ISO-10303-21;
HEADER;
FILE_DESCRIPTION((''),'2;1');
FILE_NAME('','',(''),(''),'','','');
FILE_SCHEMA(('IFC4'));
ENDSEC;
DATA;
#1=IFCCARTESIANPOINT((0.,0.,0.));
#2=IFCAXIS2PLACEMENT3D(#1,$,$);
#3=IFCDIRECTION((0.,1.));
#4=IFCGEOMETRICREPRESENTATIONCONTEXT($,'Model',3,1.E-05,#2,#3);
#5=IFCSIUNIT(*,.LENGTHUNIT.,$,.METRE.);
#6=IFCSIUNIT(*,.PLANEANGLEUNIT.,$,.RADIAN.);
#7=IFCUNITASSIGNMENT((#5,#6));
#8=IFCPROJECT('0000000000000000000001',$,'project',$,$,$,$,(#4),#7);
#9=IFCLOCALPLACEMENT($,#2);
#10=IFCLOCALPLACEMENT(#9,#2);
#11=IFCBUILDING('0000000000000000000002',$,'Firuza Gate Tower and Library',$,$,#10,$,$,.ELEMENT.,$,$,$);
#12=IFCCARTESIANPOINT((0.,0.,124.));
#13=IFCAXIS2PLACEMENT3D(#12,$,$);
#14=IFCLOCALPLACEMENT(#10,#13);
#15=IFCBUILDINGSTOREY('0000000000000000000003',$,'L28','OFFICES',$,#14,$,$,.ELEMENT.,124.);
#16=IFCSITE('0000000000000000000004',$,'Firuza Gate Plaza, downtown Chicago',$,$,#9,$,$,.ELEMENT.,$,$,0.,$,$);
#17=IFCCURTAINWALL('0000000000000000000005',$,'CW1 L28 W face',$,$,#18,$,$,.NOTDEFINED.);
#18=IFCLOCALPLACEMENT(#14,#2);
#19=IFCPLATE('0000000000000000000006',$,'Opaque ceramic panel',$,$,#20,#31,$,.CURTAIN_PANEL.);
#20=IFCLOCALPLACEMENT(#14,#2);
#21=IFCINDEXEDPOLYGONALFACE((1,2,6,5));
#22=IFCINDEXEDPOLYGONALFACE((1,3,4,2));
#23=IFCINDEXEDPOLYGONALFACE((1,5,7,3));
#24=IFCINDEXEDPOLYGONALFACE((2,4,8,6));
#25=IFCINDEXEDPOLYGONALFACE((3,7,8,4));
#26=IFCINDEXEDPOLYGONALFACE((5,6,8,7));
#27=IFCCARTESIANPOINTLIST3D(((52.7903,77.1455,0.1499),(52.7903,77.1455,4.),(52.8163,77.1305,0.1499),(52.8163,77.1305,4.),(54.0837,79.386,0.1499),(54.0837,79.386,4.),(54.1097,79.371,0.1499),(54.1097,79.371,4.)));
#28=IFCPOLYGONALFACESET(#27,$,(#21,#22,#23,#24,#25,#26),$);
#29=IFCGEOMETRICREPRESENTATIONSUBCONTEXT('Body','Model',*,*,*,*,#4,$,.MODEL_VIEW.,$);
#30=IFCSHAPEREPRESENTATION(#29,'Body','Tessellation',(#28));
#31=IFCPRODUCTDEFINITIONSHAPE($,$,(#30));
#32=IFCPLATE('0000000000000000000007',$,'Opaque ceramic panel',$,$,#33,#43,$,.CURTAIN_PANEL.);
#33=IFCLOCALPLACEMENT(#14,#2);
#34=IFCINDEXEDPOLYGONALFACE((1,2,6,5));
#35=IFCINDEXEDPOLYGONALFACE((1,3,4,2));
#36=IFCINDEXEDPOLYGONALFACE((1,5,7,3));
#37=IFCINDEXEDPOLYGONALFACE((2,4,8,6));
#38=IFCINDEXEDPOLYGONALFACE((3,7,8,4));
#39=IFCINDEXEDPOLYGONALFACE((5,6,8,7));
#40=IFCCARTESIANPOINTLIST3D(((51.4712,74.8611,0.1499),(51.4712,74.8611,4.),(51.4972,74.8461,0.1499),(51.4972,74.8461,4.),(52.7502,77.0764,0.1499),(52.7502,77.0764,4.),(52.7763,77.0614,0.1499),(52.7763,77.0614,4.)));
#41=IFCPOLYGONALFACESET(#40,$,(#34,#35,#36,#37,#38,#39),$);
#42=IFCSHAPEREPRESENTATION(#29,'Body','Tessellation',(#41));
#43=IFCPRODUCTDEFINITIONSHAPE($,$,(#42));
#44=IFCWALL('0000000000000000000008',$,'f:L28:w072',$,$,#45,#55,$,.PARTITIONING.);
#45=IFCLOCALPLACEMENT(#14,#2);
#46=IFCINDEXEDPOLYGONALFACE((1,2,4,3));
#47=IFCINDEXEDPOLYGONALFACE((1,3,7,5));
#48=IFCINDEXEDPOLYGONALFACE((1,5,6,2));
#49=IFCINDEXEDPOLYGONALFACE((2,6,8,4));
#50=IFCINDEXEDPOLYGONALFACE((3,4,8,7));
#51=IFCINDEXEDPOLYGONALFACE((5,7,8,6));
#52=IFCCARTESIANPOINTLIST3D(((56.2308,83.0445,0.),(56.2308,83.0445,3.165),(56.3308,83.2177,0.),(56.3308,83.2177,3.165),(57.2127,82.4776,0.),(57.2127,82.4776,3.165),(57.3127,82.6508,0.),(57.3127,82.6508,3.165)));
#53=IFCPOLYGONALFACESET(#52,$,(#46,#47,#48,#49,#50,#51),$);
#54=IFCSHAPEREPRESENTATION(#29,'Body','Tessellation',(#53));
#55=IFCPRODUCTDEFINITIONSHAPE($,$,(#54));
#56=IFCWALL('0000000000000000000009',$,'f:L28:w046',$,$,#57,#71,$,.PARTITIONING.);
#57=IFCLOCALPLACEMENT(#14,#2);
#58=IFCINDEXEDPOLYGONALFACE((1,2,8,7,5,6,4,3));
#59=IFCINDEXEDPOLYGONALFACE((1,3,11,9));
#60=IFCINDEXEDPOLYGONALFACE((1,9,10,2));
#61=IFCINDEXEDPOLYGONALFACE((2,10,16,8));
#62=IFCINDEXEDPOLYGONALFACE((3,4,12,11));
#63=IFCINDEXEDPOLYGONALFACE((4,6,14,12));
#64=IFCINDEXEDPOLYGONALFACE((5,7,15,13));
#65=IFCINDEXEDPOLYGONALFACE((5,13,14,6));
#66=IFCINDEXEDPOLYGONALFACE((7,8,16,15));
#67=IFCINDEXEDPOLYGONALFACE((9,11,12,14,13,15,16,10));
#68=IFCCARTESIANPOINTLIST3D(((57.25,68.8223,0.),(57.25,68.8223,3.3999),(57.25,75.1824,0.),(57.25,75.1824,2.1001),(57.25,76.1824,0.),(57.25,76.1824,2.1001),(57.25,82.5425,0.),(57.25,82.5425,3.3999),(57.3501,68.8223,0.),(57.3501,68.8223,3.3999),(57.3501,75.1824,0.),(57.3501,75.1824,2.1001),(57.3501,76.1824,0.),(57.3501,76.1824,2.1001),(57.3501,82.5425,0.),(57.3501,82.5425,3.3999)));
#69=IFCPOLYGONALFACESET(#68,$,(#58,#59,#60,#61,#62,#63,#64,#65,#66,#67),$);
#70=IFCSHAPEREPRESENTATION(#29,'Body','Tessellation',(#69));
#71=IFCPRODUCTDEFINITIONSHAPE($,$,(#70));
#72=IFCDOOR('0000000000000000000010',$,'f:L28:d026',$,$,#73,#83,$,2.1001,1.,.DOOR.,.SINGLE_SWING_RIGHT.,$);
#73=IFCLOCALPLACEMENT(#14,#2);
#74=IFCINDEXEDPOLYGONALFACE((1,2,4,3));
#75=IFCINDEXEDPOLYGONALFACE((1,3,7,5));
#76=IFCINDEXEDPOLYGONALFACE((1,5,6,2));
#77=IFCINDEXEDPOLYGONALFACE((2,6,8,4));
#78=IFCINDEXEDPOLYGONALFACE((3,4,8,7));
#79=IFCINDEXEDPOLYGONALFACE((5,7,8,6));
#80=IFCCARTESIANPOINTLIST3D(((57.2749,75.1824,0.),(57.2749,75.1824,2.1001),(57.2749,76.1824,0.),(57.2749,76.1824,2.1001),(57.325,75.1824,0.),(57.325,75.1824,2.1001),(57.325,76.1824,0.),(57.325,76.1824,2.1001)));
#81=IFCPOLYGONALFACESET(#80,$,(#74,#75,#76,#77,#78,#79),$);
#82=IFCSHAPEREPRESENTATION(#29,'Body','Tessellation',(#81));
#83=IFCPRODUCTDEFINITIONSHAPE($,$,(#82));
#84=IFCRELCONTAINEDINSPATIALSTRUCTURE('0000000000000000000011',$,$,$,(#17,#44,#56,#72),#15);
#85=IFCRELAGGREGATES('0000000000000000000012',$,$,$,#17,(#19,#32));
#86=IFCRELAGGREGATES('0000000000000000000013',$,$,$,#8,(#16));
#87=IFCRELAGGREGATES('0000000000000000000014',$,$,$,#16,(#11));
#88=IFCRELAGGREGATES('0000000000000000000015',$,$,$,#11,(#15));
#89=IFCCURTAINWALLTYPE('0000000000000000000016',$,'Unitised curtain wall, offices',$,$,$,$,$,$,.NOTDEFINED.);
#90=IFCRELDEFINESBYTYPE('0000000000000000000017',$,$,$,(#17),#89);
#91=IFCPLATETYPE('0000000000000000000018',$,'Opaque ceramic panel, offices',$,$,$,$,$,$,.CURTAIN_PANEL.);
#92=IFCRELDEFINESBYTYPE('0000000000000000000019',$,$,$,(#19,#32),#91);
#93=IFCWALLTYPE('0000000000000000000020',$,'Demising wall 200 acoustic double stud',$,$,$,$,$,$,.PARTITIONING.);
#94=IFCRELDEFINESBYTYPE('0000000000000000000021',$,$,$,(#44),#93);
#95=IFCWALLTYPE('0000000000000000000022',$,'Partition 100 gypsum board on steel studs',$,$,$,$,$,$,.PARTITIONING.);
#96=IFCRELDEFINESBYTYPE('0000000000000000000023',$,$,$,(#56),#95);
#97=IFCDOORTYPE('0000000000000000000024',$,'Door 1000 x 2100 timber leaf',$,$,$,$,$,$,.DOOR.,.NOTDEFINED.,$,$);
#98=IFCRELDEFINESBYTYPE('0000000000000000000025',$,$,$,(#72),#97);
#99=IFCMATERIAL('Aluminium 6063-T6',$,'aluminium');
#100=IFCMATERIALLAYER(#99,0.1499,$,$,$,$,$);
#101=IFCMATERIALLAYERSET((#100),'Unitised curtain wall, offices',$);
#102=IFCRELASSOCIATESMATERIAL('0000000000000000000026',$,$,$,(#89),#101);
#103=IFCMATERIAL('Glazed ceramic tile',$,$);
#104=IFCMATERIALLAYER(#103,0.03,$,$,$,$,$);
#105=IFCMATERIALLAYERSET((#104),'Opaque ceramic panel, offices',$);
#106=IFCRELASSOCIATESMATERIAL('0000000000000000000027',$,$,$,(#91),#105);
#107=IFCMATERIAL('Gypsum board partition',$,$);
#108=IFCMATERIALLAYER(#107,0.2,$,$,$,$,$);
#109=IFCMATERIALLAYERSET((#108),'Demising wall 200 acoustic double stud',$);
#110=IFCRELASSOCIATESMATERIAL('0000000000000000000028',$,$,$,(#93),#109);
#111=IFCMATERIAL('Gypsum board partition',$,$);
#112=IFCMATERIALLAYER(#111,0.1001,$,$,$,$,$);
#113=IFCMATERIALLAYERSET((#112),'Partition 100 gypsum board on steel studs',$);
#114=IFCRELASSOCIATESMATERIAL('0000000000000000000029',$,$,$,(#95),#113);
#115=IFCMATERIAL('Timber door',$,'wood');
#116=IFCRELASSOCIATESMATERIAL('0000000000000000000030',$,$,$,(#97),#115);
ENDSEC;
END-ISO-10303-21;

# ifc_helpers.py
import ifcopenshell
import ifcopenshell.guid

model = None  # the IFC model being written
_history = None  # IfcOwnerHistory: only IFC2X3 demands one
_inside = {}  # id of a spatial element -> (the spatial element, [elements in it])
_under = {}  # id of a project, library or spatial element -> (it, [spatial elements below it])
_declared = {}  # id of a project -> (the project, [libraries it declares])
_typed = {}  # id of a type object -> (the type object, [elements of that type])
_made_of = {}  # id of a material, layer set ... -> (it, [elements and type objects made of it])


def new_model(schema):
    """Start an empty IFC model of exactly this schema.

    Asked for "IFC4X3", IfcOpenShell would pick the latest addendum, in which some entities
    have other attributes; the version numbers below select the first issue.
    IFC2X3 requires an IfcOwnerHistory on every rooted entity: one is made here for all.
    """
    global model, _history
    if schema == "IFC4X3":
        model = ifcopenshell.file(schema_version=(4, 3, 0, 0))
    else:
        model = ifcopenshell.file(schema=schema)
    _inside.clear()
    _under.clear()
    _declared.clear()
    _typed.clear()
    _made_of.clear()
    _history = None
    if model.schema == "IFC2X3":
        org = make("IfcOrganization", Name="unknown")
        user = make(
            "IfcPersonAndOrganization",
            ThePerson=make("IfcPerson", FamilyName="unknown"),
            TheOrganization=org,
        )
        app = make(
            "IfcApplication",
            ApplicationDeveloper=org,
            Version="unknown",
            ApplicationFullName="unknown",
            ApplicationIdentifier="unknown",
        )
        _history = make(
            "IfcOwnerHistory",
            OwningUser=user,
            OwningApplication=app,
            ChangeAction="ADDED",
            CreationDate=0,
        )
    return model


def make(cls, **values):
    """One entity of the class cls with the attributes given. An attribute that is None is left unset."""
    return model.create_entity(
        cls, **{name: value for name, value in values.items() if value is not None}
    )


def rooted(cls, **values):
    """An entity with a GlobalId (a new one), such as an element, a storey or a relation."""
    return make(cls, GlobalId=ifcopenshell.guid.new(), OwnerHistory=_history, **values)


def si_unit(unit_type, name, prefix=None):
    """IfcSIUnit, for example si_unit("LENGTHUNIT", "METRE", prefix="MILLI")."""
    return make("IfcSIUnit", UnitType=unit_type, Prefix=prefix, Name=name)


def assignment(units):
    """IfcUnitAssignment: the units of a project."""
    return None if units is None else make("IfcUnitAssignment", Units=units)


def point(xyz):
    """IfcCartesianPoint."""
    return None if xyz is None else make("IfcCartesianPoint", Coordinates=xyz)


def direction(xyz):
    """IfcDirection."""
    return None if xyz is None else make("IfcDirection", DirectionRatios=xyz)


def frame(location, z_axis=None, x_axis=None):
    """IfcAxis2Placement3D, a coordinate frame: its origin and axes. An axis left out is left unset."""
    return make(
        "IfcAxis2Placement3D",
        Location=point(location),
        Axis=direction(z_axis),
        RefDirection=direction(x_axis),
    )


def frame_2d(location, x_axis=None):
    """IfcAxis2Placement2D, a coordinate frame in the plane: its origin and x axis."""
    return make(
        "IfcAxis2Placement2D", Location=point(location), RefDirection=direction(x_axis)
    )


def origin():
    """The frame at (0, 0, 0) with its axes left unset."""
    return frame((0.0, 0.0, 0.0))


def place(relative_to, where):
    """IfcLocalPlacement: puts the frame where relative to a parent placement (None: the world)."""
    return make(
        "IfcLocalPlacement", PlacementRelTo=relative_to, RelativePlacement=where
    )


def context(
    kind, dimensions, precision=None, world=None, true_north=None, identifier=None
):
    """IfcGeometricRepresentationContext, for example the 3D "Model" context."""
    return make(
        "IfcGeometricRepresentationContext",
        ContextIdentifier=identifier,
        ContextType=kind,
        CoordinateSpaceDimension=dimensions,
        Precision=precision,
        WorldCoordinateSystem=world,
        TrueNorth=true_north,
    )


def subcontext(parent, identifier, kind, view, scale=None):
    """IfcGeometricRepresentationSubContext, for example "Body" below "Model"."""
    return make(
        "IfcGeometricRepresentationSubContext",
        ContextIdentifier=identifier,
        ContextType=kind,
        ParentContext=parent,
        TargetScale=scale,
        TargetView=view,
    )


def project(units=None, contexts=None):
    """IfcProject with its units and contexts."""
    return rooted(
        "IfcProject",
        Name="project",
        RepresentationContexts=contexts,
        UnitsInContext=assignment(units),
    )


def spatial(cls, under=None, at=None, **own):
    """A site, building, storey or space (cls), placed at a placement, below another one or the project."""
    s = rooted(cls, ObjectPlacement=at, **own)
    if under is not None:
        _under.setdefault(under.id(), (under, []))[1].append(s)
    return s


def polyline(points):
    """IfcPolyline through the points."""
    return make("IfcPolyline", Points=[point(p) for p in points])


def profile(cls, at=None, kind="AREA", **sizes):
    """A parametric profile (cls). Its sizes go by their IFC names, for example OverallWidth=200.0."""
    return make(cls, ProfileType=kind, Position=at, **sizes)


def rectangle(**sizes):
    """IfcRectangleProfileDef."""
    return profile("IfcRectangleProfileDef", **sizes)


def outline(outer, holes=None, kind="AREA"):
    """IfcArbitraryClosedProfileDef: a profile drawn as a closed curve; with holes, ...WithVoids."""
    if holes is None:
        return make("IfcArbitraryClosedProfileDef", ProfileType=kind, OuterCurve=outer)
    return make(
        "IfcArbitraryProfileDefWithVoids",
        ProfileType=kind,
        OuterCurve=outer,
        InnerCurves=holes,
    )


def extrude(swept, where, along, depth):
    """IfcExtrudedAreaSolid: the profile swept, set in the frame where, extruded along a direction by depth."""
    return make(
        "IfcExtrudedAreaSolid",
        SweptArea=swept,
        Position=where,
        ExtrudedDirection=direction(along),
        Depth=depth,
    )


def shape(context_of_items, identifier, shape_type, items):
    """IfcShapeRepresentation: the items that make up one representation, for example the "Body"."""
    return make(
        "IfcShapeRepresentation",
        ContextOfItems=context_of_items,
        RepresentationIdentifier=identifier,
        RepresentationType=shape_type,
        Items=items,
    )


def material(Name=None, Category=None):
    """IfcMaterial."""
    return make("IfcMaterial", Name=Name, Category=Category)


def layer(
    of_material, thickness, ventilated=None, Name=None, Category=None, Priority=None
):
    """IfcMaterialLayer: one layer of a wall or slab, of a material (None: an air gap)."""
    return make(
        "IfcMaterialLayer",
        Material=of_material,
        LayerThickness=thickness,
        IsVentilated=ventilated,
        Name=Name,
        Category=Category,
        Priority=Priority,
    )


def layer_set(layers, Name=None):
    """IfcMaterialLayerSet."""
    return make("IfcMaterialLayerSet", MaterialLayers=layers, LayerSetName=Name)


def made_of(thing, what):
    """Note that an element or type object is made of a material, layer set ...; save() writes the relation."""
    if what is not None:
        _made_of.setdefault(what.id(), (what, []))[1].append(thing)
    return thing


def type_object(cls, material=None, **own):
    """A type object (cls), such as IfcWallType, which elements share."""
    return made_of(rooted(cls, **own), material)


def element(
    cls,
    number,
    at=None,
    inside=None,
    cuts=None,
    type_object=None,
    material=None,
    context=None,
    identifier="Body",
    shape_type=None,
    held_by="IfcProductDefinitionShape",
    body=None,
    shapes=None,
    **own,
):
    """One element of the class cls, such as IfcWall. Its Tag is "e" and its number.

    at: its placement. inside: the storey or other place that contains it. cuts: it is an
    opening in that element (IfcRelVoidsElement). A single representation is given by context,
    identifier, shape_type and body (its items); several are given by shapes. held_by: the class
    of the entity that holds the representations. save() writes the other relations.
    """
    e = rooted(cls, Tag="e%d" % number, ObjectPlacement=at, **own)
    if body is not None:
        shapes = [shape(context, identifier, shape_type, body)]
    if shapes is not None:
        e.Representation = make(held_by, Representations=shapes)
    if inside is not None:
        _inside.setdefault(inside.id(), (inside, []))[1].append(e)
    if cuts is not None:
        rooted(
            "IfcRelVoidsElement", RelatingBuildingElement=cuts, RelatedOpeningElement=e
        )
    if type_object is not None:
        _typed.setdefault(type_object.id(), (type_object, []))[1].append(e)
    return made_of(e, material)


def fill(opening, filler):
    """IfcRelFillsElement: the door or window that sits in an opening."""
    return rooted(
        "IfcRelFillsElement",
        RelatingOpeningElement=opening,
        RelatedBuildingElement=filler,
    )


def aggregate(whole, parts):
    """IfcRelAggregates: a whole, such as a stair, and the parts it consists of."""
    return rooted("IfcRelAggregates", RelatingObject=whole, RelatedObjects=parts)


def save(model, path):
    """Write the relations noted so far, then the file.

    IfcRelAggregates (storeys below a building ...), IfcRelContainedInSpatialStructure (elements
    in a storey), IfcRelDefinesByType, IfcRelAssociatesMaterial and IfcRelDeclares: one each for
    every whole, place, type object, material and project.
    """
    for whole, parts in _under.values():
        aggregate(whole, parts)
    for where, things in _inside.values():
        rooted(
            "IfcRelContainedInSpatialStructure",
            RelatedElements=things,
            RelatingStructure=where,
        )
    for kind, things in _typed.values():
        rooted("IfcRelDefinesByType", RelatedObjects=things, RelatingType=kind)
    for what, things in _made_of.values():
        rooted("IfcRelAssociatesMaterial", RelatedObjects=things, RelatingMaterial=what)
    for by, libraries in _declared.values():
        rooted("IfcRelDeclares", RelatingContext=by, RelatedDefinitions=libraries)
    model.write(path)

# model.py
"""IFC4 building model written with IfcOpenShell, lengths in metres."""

from ifc_helpers import new_model, si_unit, direction, frame, frame_2d, origin, place, context, subcontext, project, spatial, polyline, rectangle, outline, extrude, material, layer, layer_set, type_object, element, fill, aggregate, save


model = new_model("IFC4")

# Units and contexts
model_context = context("Model", 3, precision=1e-05, world=origin(), true_north=direction((0.0, 1.0)))
body_context = subcontext(model_context, "Body", "Model", "MODEL_VIEW")
ifc_project = project(units=[si_unit("LENGTHUNIT", "METRE"), si_unit("PLANEANGLEUNIT", "RADIAN")], contexts=[model_context])

# Site, building, storey
site_placement = place(None, origin())
site = spatial("IfcSite", under=ifc_project, at=site_placement, Name="Firuza Gate Plaza, downtown Chicago", CompositionType="ELEMENT", RefElevation=0.0)
building_placement = place(site_placement, origin())
building = spatial("IfcBuilding", under=site, at=building_placement, Name="Firuza Gate Tower and Library", CompositionType="ELEMENT")
storey_placement = place(building_placement, frame((0.0, 0.0, 124.0)))
storey = spatial("IfcBuildingStorey", under=building, at=storey_placement, Name="L28", Description="OFFICES", CompositionType="ELEMENT", Elevation=124.0)

# Curtain wall
ifc_material_1 = material(Name="Aluminium 6063-T6", Category="aluminium")
ifc_layer_1 = layer(ifc_material_1, 0.1499)
ifc_layer_set_1 = layer_set([ifc_layer_1], Name="Unitised curtain wall, offices")
curtain_wall_type = type_object("IfcCurtainWallType", Name="Unitised curtain wall, offices", PredefinedType="NOTDEFINED", material=ifc_layer_set_1)
curtain_wall_placement = place(storey_placement, origin())
curtain_wall = element("IfcCurtainWall", 1, at=curtain_wall_placement, inside=storey, type_object=curtain_wall_type, Name="CW1 L28 W face", PredefinedType="NOTDEFINED")

# Plates
ifc_material_2 = material(Name="Glazed ceramic tile")
ifc_layer_2 = layer(ifc_material_2, 0.03)
ifc_layer_set_2 = layer_set([ifc_layer_2], Name="Opaque ceramic panel, offices")
plate_type_1 = type_object("IfcPlateType", Name="Opaque ceramic panel, offices", PredefinedType="CURTAIN_PANEL", material=ifc_layer_set_2)
plate_1_placement = place(storey_placement, frame((54.0837, 79.386, 0.1499), z_axis=(-0.866039, 0.499976, 0.0), x_axis=(-0.499976, -0.866039, 0.0)))
plate_1 = element("IfcPlate", 2, at=plate_1_placement, type_object=plate_type_1, Name="Opaque ceramic panel", PredefinedType="CURTAIN_PANEL", context=body_context, shape_type="SweptSolid", body=[
    extrude(outline(polyline([(0.0, 0.0), (2.587, 0.0), (2.587, 3.8501), (0.0, 3.8501), (0.0, 0.0)])), origin(), (0.0, 0.0, -1.0), 0.03),
])
plate_2_placement = place(storey_placement, frame((52.7502, 77.0764, 0.1499), z_axis=(-0.86602, 0.500009, 0.0), x_axis=(-0.500009, -0.86602, 0.0)))
plate_2 = element("IfcPlate", 3, at=plate_2_placement, type_object=plate_type_1, Name="Opaque ceramic panel", PredefinedType="CURTAIN_PANEL", context=body_context, shape_type="SweptSolid", body=[
    extrude(outline(polyline([(0.0, 0.0), (2.5581, 0.0), (2.5581, 3.8501), (0.0, 3.8501), (0.0, 0.0)])), origin(), (0.0, 0.0, -1.0), 0.03),
])
aggregate(curtain_wall, [plate_1, plate_2])

# Wall
ifc_material_3 = material(Name="Gypsum board partition")
ifc_layer_3 = layer(ifc_material_3, 0.2)
ifc_layer_set_3 = layer_set([ifc_layer_3], Name="Demising wall 200 acoustic double stud")
wall_type_1 = type_object("IfcWallType", Name="Demising wall 200 acoustic double stud", PredefinedType="PARTITIONING", material=ifc_layer_set_3)
wall_1_placement = place(storey_placement, frame((57.2627, 82.5642, 0.0), z_axis=(0.0, 0.0, 1.0), x_axis=(-0.866035, 0.499983, 0.0)))
element("IfcWall", 4, at=wall_1_placement, inside=storey, type_object=wall_type_1, Name="f:L28:w072", PredefinedType="PARTITIONING", context=body_context, shape_type="SweptSolid", body=[
    extrude(rectangle(XDim=1.1338, YDim=0.2, at=frame_2d((0.5669, 0.0))), origin(), (0.0, 0.0, 1.0), 3.165),
])

# Wall, opening, door
ifc_material_4 = material(Name="Gypsum board partition")
ifc_layer_4 = layer(ifc_material_4, 0.1001)
ifc_layer_set_4 = layer_set([ifc_layer_4], Name="Partition 100 gypsum board on steel studs")
wall_type_2 = type_object("IfcWallType", Name="Partition 100 gypsum board on steel studs", PredefinedType="PARTITIONING", material=ifc_layer_set_4)
wall_2_placement = place(storey_placement, frame((57.3, 82.5425, 0.0), z_axis=(0.0, 0.0, 1.0), x_axis=(0.0, -1.0, 0.0)))
wall_2 = element("IfcWall", 5, at=wall_2_placement, inside=storey, type_object=wall_type_2, Name="f:L28:w046", PredefinedType="PARTITIONING", context=body_context, shape_type="SweptSolid", body=[
    extrude(rectangle(XDim=13.7202, YDim=0.1001, at=frame_2d((6.8601, 0.0))), origin(), (0.0, 0.0, 1.0), 3.3999),
])
opening_placement = place(wall_2_placement, frame((6.3601, 0.0, 0.0)))
opening = element("IfcOpeningElement", 6, at=opening_placement, cuts=wall_2, PredefinedType="OPENING", context=body_context, shape_type="SweptSolid", body=[
    extrude(rectangle(XDim=1.0, YDim=2.1001, at=frame_2d((0.5, 1.05))), frame((0.0, 0.0601, 0.0), z_axis=(0.0, -1.0, 0.0), x_axis=(1.0, 0.0, 0.0)), (0.0, 0.0, 1.0), 0.1201),
])
ifc_material_5 = material(Name="Timber door", Category="wood")
door_type = type_object("IfcDoorType", Name="Door 1000 x 2100 timber leaf", OperationType="NOTDEFINED", PredefinedType="DOOR", material=ifc_material_5)
door_placement = place(opening_placement, origin())
door = element("IfcDoor", 7, at=door_placement, inside=storey, type_object=door_type, Name="f:L28:d026", OperationType="SINGLE_SWING_RIGHT", OverallHeight=2.1001, OverallWidth=1.0, PredefinedType="DOOR", context=body_context, shape_type="SweptSolid", body=[
    extrude(rectangle(XDim=1.0, YDim=2.1001, at=frame_2d((0.5, 1.05))), frame((0.0, 0.0249, 0.0), z_axis=(0.0, -1.0, 0.0), x_axis=(1.0, 0.0, 0.0)), (0.0, 0.0, 1.0), 0.05),
])
fill(opening, door)

save(model, "model.ifc")
